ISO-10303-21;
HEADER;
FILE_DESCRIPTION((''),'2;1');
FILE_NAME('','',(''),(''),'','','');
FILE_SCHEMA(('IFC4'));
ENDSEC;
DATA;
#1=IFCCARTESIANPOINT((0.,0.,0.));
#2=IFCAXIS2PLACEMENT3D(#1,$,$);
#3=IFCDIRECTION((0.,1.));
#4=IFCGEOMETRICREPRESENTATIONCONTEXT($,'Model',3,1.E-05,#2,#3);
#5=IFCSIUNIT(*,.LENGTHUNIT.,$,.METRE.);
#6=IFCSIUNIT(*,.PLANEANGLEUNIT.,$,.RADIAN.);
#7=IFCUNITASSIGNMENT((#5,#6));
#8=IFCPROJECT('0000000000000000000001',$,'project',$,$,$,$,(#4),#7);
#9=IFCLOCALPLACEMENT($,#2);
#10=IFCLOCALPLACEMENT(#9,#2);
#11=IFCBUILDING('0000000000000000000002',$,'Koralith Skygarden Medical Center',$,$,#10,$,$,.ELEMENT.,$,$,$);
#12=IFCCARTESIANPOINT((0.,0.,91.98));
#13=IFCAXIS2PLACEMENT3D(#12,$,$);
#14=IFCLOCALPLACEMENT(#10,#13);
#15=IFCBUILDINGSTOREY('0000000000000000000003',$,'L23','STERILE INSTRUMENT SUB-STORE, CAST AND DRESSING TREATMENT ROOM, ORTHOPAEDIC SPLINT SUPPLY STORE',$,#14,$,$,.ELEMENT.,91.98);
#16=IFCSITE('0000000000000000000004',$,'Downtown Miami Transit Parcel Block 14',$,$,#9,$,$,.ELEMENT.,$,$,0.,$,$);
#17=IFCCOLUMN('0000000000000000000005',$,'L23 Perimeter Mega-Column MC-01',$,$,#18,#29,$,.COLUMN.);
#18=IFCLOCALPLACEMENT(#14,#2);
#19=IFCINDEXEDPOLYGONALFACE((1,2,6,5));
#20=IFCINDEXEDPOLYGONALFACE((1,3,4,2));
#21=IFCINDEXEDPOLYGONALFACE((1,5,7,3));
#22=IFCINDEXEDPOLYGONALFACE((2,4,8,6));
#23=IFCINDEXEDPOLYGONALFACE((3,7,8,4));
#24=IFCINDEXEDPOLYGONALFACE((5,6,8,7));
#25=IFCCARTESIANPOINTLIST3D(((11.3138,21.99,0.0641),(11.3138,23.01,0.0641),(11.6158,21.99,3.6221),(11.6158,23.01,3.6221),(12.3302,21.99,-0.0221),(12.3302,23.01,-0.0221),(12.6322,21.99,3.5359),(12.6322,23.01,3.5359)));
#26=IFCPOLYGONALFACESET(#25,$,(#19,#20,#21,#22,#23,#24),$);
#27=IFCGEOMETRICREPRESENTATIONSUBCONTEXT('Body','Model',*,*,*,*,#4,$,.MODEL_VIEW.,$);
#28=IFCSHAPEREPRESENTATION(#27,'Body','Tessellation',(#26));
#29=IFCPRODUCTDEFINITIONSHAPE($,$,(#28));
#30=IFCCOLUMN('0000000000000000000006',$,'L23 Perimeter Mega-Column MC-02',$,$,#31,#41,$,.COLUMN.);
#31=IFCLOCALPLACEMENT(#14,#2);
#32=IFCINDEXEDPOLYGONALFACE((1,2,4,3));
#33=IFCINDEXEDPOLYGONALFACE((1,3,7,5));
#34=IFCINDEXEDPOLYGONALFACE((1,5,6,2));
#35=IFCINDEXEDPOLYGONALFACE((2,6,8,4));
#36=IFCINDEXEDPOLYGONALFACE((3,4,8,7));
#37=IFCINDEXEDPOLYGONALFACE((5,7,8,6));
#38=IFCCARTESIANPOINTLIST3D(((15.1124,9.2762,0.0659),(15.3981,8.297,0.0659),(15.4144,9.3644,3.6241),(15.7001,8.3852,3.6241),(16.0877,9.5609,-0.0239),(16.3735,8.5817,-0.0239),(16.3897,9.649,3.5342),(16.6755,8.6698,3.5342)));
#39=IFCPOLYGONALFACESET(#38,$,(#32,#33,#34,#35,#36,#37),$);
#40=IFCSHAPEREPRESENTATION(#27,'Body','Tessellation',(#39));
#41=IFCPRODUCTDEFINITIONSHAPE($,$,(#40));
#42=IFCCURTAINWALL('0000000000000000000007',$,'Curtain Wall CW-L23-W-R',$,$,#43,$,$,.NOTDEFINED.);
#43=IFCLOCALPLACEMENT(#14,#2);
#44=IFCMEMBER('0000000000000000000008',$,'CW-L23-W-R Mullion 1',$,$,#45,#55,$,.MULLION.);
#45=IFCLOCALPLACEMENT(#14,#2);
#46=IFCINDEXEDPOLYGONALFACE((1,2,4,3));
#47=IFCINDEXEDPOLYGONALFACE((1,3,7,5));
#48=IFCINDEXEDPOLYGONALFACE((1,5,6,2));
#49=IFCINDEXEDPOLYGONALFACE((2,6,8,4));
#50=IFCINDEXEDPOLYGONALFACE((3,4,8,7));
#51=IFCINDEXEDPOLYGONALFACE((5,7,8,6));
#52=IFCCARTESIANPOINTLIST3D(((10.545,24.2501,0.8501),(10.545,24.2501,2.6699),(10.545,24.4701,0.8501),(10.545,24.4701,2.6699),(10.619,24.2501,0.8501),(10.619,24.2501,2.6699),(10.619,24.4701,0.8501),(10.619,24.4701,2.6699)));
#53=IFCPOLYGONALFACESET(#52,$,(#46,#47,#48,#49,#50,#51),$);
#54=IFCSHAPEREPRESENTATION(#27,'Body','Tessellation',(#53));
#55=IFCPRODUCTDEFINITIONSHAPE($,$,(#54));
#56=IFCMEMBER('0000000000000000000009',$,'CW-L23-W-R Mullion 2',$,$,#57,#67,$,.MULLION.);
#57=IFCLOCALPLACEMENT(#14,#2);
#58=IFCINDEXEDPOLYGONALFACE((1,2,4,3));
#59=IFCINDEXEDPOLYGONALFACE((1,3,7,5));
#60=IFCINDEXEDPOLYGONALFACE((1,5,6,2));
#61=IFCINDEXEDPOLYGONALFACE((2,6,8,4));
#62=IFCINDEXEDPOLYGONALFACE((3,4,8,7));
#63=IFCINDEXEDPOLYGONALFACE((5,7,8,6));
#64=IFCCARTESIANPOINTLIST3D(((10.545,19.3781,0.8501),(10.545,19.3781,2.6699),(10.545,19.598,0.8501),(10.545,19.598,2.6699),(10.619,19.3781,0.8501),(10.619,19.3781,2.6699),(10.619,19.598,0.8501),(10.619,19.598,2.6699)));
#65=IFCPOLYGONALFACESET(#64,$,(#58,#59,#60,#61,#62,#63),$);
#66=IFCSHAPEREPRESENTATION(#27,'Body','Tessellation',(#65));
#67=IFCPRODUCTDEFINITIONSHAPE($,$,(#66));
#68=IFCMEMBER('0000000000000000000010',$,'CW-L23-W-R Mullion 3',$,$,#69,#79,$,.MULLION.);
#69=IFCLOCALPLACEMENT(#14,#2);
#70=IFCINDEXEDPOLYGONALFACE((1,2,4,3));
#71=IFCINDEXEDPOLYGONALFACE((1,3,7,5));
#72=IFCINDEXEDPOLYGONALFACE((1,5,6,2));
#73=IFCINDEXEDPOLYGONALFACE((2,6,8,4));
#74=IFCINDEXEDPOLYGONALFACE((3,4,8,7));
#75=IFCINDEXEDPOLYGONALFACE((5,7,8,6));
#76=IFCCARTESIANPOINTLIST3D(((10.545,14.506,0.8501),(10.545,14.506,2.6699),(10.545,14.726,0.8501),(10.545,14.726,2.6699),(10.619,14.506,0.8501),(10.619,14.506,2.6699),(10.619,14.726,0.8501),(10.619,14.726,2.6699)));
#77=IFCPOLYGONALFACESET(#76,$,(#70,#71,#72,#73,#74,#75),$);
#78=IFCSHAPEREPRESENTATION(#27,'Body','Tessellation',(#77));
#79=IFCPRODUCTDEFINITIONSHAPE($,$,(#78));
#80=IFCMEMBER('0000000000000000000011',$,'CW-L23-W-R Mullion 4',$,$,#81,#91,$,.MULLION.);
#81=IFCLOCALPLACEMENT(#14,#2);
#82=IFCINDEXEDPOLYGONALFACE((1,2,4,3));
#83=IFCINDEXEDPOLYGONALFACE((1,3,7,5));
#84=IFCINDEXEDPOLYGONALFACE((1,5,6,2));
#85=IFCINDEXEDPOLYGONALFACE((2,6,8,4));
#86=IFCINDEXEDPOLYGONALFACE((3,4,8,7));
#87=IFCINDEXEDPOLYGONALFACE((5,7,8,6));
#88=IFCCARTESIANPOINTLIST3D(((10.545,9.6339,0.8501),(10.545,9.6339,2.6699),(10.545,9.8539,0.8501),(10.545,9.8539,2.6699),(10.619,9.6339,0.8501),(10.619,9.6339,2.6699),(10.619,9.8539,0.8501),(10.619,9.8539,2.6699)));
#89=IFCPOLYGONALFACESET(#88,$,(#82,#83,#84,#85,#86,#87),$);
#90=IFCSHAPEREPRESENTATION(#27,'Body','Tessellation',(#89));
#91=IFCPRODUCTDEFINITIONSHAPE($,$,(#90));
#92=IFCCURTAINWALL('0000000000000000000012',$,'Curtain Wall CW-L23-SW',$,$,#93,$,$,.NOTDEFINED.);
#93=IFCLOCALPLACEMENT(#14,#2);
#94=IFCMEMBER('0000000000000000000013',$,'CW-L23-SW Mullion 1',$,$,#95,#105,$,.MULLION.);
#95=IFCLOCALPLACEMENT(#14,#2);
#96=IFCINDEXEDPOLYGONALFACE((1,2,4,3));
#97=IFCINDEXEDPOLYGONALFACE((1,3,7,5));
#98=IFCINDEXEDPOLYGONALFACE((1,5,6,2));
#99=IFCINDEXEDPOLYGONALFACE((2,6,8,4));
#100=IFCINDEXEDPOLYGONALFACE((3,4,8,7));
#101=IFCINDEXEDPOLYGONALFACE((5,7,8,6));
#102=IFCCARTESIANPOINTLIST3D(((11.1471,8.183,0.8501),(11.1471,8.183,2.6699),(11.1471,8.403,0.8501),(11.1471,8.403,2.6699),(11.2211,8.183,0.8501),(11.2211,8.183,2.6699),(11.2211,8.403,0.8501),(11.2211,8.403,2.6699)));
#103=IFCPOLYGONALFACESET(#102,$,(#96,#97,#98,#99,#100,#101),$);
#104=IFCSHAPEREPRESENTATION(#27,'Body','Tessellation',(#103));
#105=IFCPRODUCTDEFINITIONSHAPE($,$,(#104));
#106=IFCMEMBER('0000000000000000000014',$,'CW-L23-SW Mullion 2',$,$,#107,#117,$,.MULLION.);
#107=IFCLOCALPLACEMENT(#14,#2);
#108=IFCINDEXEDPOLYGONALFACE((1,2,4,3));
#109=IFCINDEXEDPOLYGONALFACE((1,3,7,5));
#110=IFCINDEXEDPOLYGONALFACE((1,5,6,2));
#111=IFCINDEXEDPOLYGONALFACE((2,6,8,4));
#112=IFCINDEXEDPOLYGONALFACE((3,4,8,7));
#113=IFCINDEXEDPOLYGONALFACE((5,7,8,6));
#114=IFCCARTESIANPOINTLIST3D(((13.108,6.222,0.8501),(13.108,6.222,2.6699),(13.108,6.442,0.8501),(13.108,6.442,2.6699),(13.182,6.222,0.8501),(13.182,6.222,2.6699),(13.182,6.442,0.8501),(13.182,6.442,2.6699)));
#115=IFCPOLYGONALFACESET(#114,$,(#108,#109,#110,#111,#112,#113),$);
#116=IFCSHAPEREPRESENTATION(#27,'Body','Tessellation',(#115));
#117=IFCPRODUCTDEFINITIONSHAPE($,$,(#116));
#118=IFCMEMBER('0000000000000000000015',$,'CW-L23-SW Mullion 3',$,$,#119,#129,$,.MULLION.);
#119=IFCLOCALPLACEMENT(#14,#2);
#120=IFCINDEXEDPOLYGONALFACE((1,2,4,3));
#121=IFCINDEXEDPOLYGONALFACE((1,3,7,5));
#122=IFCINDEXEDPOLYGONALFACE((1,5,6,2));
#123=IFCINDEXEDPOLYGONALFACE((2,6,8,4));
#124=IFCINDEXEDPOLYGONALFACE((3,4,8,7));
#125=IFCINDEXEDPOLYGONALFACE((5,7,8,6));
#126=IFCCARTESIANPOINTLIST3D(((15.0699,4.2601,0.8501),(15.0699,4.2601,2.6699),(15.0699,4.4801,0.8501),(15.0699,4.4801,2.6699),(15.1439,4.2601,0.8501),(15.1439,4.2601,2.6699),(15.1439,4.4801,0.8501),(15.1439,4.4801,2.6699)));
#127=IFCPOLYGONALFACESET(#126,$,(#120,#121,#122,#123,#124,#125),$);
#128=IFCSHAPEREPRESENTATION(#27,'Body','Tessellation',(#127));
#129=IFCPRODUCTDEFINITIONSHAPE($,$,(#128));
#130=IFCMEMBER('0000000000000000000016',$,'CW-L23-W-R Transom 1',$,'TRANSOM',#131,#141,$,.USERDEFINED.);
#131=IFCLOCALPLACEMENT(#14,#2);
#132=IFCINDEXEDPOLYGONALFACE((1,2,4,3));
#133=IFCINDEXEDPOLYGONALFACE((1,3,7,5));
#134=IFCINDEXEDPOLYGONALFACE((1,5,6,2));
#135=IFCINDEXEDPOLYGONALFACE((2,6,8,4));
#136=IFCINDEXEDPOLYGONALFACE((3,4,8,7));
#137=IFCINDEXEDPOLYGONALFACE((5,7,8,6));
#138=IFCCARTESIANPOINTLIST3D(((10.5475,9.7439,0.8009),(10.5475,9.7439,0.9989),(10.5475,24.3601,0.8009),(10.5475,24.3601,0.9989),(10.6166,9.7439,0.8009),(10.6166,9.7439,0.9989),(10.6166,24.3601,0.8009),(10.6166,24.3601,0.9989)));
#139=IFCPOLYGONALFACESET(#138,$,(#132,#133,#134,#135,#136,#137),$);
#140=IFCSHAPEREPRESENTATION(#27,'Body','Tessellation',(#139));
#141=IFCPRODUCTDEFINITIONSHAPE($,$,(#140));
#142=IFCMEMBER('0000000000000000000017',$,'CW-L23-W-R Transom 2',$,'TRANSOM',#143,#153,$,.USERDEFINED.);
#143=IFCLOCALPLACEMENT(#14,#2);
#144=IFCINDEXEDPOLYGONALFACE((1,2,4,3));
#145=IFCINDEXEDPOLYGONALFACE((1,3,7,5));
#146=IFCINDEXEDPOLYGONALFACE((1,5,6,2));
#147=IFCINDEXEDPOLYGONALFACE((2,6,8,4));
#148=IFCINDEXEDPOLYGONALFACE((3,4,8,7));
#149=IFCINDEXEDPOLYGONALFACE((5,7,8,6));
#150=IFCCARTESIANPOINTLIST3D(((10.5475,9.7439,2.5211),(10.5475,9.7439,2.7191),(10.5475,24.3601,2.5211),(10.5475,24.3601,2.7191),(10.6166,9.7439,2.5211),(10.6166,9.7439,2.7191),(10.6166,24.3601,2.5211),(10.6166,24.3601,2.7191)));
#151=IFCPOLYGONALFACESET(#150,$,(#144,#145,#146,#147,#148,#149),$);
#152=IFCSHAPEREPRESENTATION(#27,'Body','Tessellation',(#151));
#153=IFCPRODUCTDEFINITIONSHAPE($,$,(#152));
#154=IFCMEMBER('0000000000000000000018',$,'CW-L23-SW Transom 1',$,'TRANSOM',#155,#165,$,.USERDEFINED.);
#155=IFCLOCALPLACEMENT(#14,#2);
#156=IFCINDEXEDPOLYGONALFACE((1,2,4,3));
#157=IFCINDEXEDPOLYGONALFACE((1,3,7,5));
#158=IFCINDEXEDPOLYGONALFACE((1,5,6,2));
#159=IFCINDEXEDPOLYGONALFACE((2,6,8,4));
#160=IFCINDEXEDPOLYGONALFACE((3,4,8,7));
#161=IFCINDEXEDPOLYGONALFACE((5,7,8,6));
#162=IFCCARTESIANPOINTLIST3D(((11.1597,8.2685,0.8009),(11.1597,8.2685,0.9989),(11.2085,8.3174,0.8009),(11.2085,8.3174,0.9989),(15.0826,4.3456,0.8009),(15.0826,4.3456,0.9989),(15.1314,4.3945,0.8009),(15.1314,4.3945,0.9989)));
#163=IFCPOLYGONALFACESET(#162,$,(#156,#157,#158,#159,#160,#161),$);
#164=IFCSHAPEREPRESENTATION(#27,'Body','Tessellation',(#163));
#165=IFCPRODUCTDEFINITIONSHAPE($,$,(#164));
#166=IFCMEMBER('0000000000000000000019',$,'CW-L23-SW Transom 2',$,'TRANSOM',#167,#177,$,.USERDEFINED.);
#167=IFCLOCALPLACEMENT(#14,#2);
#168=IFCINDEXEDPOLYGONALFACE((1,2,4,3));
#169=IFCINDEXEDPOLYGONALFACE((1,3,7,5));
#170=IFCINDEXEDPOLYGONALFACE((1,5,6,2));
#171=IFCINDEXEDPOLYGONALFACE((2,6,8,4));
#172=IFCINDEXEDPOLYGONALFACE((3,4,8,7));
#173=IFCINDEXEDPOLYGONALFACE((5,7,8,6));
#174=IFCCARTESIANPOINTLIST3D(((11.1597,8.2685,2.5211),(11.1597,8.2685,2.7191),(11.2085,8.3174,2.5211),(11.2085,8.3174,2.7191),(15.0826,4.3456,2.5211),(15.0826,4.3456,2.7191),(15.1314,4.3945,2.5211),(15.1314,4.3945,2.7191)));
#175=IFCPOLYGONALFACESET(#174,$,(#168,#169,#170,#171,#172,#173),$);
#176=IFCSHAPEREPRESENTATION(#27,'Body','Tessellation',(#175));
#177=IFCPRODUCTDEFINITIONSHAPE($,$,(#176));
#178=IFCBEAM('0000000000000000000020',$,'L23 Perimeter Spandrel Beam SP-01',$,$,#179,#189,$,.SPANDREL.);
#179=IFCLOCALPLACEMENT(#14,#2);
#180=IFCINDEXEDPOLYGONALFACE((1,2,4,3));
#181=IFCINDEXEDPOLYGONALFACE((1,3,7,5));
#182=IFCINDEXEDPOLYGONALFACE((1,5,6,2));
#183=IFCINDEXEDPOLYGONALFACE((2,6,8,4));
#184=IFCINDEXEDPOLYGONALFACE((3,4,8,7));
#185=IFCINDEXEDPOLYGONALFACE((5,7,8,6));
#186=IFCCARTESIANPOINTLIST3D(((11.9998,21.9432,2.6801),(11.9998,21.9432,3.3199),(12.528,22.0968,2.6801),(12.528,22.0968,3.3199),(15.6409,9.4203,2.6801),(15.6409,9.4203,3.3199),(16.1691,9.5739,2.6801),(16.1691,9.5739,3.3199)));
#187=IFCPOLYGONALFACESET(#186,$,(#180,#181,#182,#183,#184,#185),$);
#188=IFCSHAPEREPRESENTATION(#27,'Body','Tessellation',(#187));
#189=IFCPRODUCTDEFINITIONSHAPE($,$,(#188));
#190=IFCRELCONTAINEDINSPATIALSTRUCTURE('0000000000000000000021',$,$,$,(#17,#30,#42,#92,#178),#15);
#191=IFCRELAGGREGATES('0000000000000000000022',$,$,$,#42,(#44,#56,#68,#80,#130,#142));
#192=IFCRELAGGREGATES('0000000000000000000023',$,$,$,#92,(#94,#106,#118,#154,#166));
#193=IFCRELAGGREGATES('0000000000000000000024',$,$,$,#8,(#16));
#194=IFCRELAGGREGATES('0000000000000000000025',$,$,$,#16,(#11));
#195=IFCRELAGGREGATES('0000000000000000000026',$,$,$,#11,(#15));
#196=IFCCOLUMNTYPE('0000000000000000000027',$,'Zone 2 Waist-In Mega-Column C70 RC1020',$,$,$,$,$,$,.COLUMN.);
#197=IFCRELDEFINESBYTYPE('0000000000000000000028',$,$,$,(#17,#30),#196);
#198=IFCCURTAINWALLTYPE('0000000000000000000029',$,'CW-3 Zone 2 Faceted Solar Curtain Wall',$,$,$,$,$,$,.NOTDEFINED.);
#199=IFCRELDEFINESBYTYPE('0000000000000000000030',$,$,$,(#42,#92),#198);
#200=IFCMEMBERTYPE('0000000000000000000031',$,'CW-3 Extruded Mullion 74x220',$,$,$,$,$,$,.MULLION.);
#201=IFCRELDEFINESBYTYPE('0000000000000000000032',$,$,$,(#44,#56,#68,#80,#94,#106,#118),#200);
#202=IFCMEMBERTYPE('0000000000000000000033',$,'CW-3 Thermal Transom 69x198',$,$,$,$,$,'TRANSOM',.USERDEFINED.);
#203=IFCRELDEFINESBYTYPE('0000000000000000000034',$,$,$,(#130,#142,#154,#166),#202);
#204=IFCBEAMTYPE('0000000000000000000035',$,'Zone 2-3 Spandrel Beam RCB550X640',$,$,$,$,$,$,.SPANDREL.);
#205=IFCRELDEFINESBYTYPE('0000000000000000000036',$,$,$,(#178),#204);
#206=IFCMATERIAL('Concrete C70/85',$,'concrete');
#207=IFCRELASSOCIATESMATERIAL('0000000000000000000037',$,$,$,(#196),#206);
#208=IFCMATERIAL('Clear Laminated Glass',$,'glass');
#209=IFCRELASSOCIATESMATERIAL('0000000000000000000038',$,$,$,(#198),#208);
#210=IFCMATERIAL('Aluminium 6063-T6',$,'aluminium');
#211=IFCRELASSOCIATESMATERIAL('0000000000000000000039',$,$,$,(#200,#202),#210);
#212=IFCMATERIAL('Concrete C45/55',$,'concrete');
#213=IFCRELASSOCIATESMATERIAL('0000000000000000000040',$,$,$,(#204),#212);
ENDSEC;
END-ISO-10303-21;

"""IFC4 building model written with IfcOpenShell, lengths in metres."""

from ifc_helpers import new_model, si_unit, direction, frame, origin, origin_2d, place, context, subcontext, project, spatial, rectangle, extrude, material, material_profile, profile_set, type_object, element, aggregate, save


model = new_model("IFC4")

# Units and contexts
model_context = context("Model", 3, precision=1e-05, world=origin(), true_north=direction((0.0, 1.0)))
body_context = subcontext(model_context, "Body", "Model", "MODEL_VIEW")
ifc_project = project(units=[si_unit("LENGTHUNIT", "METRE"), si_unit("PLANEANGLEUNIT", "RADIAN")], contexts=[model_context])

# Site, building, storey
site_placement = place(None, origin())
site = spatial("IfcSite", under=ifc_project, at=site_placement, Name="Downtown Miami Transit Parcel Block 14", CompositionType="ELEMENT", RefElevation=0.0)
building_placement = place(site_placement, origin())
building = spatial("IfcBuilding", under=site, at=building_placement, Name="Koralith Skygarden Medical Center", CompositionType="ELEMENT")
storey_placement = place(building_placement, frame((0.0, 0.0, 91.98)))
storey = spatial("IfcBuildingStorey", under=building, at=storey_placement, Name="L23", Description="STERILE INSTRUMENT SUB-STORE, CAST AND DRESSING TREATMENT ROOM, ORTHOPAEDIC SPLINT SUPPLY STORE", CompositionType="ELEMENT", Elevation=91.98)

# Columns
ifc_material_1 = material(Name="Concrete C70/85", Category="concrete")
ifc_material_profile_1 = material_profile(ifc_material_1, rectangle(XDim=1.02, YDim=1.02, at=origin_2d()), Name="RC1020X1020")
ifc_profile_set_1 = profile_set([ifc_material_profile_1], Name="Concrete C70/85")
column_type = type_object("IfcColumnType", Name="Zone 2 Waist-In Mega-Column C70 RC1020", PredefinedType="COLUMN", material=ifc_profile_set_1)
column_1_placement = place(storey_placement, frame((11.822, 22.5, 0.021), z_axis=(0.084573, 0.0, 0.996417), x_axis=(0.0, 1.0, 0.0)))
element("IfcColumn", 1, at=column_1_placement, inside=storey, type_object=column_type, Name="L23 Perimeter Mega-Column MC-01", PredefinedType="COLUMN", context=body_context, shape_type="SweptSolid", body=[
    extrude(rectangle(XDim=1.02, YDim=1.02, at=origin_2d()), origin(), (0.0, 0.0, 1.0), 3.5708),
])
column_2_placement = place(storey_placement, frame((15.7429, 8.929, 0.021), z_axis=(0.084547, 0.024674, 0.996114), x_axis=(-0.280149, 0.959957, 0.0)))
element("IfcColumn", 2, at=column_2_placement, inside=storey, type_object=column_type, Name="L23 Perimeter Mega-Column MC-02", PredefinedType="COLUMN", context=body_context, shape_type="SweptSolid", body=[
    extrude(rectangle(XDim=1.02, YDim=1.02, at=origin_2d()), origin(), (0.0, 0.0, 1.0), 3.572),
])

# Curtain walls, members
ifc_material_2 = material(Name="Clear Laminated Glass", Category="glass")
curtain_wall_type = type_object("IfcCurtainWallType", Name="CW-3 Zone 2 Faceted Solar Curtain Wall", PredefinedType="NOTDEFINED", material=ifc_material_2)
curtain_wall_1_placement = place(storey_placement, origin())
curtain_wall_1 = element("IfcCurtainWall", 3, at=curtain_wall_1_placement, inside=storey, type_object=curtain_wall_type, Name="Curtain Wall CW-L23-W-R", PredefinedType="NOTDEFINED")
ifc_material_3 = material(Name="Aluminium 6063-T6", Category="aluminium")
ifc_material_profile_2 = material_profile(ifc_material_3, rectangle(XDim=0.074, YDim=0.22, at=origin_2d()), Name="MUL74X220")
ifc_profile_set_2 = profile_set([ifc_material_profile_2], Name="Aluminium 6063-T6")
member_type_1 = type_object("IfcMemberType", Name="CW-3 Extruded Mullion 74x220", PredefinedType="MULLION", material=ifc_profile_set_2)
member_1_placement = place(storey_placement, frame((10.582, 24.3601, 0.8501), z_axis=(0.0, 0.0, 1.0), x_axis=(1.0, 0.0, 0.0)))
member_1 = element("IfcMember", 4, at=member_1_placement, type_object=member_type_1, Name="CW-L23-W-R Mullion 1", PredefinedType="MULLION", context=body_context, shape_type="SweptSolid", body=[
    extrude(rectangle(XDim=0.074, YDim=0.22, at=origin_2d()), origin(), (0.0, 0.0, 1.0), 1.8198),
])
member_2_placement = place(storey_placement, frame((10.582, 19.488, 0.8501), z_axis=(0.0, 0.0, 1.0), x_axis=(1.0, 0.0, 0.0)))
member_2 = element("IfcMember", 5, at=member_2_placement, type_object=member_type_1, Name="CW-L23-W-R Mullion 2", PredefinedType="MULLION", context=body_context, shape_type="SweptSolid", body=[
    extrude(rectangle(XDim=0.074, YDim=0.22, at=origin_2d()), origin(), (0.0, 0.0, 1.0), 1.8198),
])
member_3_placement = place(storey_placement, frame((10.582, 14.616, 0.8501), z_axis=(0.0, 0.0, 1.0), x_axis=(1.0, 0.0, 0.0)))
member_3 = element("IfcMember", 6, at=member_3_placement, type_object=member_type_1, Name="CW-L23-W-R Mullion 3", PredefinedType="MULLION", context=body_context, shape_type="SweptSolid", body=[
    extrude(rectangle(XDim=0.074, YDim=0.22, at=origin_2d()), origin(), (0.0, 0.0, 1.0), 1.8198),
])
member_4_placement = place(storey_placement, frame((10.582, 9.7439, 0.8501), z_axis=(0.0, 0.0, 1.0), x_axis=(1.0, 0.0, 0.0)))
member_4 = element("IfcMember", 7, at=member_4_placement, type_object=member_type_1, Name="CW-L23-W-R Mullion 4", PredefinedType="MULLION", context=body_context, shape_type="SweptSolid", body=[
    extrude(rectangle(XDim=0.074, YDim=0.22, at=origin_2d()), origin(), (0.0, 0.0, 1.0), 1.8198),
])
curtain_wall_2_placement = place(storey_placement, origin())
curtain_wall_2 = element("IfcCurtainWall", 8, at=curtain_wall_2_placement, inside=storey, type_object=curtain_wall_type, Name="Curtain Wall CW-L23-SW", PredefinedType="NOTDEFINED")
member_5_placement = place(storey_placement, frame((11.1841, 8.293, 0.8501), z_axis=(0.0, 0.0, 1.0), x_axis=(1.0, 0.0, 0.0)))
member_5 = element("IfcMember", 9, at=member_5_placement, type_object=member_type_1, Name="CW-L23-SW Mullion 1", PredefinedType="MULLION", context=body_context, shape_type="SweptSolid", body=[
    extrude(rectangle(XDim=0.074, YDim=0.22, at=origin_2d()), origin(), (0.0, 0.0, 1.0), 1.8198),
])
member_6_placement = place(storey_placement, frame((13.145, 6.332, 0.8501), z_axis=(0.0, 0.0, 1.0), x_axis=(1.0, 0.0, 0.0)))
member_6 = element("IfcMember", 10, at=member_6_placement, type_object=member_type_1, Name="CW-L23-SW Mullion 2", PredefinedType="MULLION", context=body_context, shape_type="SweptSolid", body=[
    extrude(rectangle(XDim=0.074, YDim=0.22, at=origin_2d()), origin(), (0.0, 0.0, 1.0), 1.8198),
])
member_7_placement = place(storey_placement, frame((15.1069, 4.3701, 0.8501), z_axis=(0.0, 0.0, 1.0), x_axis=(1.0, 0.0, 0.0)))
member_7 = element("IfcMember", 11, at=member_7_placement, type_object=member_type_1, Name="CW-L23-SW Mullion 3", PredefinedType="MULLION", context=body_context, shape_type="SweptSolid", body=[
    extrude(rectangle(XDim=0.074, YDim=0.22, at=origin_2d()), origin(), (0.0, 0.0, 1.0), 1.8198),
])

# Members
ifc_material_profile_3 = material_profile(ifc_material_3, rectangle(XDim=0.0691, YDim=0.198, at=origin_2d()), Name="TRN69X198")
ifc_profile_set_3 = profile_set([ifc_material_profile_3], Name="Aluminium 6063-T6")
member_type_2 = type_object("IfcMemberType", Name="CW-3 Thermal Transom 69x198", ElementType="TRANSOM", PredefinedType="USERDEFINED", material=ifc_profile_set_3)
member_8_placement = place(storey_placement, frame((10.582, 24.3601, 0.8999), z_axis=(0.0, -1.0, 0.0), x_axis=(1.0, 0.0, 0.0)))
member_8 = element("IfcMember", 12, at=member_8_placement, type_object=member_type_2, Name="CW-L23-W-R Transom 1", ObjectType="TRANSOM", PredefinedType="USERDEFINED", context=body_context, shape_type="SweptSolid", body=[
    extrude(rectangle(XDim=0.0691, YDim=0.198, at=origin_2d()), origin(), (0.0, 0.0, 1.0), 14.6162),
])
member_9_placement = place(storey_placement, frame((10.582, 24.3601, 2.6201), z_axis=(0.0, -1.0, 0.0), x_axis=(1.0, 0.0, 0.0)))
member_9 = element("IfcMember", 13, at=member_9_placement, type_object=member_type_2, Name="CW-L23-W-R Transom 2", ObjectType="TRANSOM", PredefinedType="USERDEFINED", context=body_context, shape_type="SweptSolid", body=[
    extrude(rectangle(XDim=0.0691, YDim=0.198, at=origin_2d()), origin(), (0.0, 0.0, 1.0), 14.6162),
])
member_10_placement = place(storey_placement, frame((11.1841, 8.293, 0.8999), z_axis=(0.707107, -0.707107, 0.0), x_axis=(0.707107, 0.707107, 0.0)))
member_10 = element("IfcMember", 14, at=member_10_placement, type_object=member_type_2, Name="CW-L23-SW Transom 1", ObjectType="TRANSOM", PredefinedType="USERDEFINED", context=body_context, shape_type="SweptSolid", body=[
    extrude(rectangle(XDim=0.0691, YDim=0.198, at=origin_2d()), origin(), (0.0, 0.0, 1.0), 5.5479),
])
member_11_placement = place(storey_placement, frame((11.1841, 8.293, 2.6201), z_axis=(0.707107, -0.707107, 0.0), x_axis=(0.707107, 0.707107, 0.0)))
member_11 = element("IfcMember", 15, at=member_11_placement, type_object=member_type_2, Name="CW-L23-SW Transom 2", ObjectType="TRANSOM", PredefinedType="USERDEFINED", context=body_context, shape_type="SweptSolid", body=[
    extrude(rectangle(XDim=0.0691, YDim=0.198, at=origin_2d()), origin(), (0.0, 0.0, 1.0), 5.5479),
])

# Beam
ifc_material_4 = material(Name="Concrete C45/55", Category="concrete")
ifc_material_profile_4 = material_profile(ifc_material_4, rectangle(XDim=0.55, YDim=0.6399, at=origin_2d()), Name="RCB550X640")
ifc_profile_set_4 = profile_set([ifc_material_profile_4], Name="Concrete C45/55")
beam_type = type_object("IfcBeamType", Name="Zone 2-3 Spandrel Beam RCB550X640", PredefinedType="SPANDREL", material=ifc_profile_set_4)
beam_1_placement = place(storey_placement, frame((12.2639, 22.02, 3.0), z_axis=(0.279193, -0.960235, 0.0), x_axis=(0.960235, 0.279193, 0.0)))
element("IfcBeam", 16, at=beam_1_placement, inside=storey, type_object=beam_type, Name="L23 Perimeter Spandrel Beam SP-01", PredefinedType="SPANDREL", context=body_context, shape_type="SweptSolid", body=[
    extrude(rectangle(XDim=0.55, YDim=0.6399, at=origin_2d()), origin(), (0.0, 0.0, 1.0), 13.0415),
])

aggregate(curtain_wall_1, [member_1, member_2, member_3, member_4, member_8, member_9])
aggregate(curtain_wall_2, [member_5, member_6, member_7, member_10, member_11])

save(model, "model.ifc")
